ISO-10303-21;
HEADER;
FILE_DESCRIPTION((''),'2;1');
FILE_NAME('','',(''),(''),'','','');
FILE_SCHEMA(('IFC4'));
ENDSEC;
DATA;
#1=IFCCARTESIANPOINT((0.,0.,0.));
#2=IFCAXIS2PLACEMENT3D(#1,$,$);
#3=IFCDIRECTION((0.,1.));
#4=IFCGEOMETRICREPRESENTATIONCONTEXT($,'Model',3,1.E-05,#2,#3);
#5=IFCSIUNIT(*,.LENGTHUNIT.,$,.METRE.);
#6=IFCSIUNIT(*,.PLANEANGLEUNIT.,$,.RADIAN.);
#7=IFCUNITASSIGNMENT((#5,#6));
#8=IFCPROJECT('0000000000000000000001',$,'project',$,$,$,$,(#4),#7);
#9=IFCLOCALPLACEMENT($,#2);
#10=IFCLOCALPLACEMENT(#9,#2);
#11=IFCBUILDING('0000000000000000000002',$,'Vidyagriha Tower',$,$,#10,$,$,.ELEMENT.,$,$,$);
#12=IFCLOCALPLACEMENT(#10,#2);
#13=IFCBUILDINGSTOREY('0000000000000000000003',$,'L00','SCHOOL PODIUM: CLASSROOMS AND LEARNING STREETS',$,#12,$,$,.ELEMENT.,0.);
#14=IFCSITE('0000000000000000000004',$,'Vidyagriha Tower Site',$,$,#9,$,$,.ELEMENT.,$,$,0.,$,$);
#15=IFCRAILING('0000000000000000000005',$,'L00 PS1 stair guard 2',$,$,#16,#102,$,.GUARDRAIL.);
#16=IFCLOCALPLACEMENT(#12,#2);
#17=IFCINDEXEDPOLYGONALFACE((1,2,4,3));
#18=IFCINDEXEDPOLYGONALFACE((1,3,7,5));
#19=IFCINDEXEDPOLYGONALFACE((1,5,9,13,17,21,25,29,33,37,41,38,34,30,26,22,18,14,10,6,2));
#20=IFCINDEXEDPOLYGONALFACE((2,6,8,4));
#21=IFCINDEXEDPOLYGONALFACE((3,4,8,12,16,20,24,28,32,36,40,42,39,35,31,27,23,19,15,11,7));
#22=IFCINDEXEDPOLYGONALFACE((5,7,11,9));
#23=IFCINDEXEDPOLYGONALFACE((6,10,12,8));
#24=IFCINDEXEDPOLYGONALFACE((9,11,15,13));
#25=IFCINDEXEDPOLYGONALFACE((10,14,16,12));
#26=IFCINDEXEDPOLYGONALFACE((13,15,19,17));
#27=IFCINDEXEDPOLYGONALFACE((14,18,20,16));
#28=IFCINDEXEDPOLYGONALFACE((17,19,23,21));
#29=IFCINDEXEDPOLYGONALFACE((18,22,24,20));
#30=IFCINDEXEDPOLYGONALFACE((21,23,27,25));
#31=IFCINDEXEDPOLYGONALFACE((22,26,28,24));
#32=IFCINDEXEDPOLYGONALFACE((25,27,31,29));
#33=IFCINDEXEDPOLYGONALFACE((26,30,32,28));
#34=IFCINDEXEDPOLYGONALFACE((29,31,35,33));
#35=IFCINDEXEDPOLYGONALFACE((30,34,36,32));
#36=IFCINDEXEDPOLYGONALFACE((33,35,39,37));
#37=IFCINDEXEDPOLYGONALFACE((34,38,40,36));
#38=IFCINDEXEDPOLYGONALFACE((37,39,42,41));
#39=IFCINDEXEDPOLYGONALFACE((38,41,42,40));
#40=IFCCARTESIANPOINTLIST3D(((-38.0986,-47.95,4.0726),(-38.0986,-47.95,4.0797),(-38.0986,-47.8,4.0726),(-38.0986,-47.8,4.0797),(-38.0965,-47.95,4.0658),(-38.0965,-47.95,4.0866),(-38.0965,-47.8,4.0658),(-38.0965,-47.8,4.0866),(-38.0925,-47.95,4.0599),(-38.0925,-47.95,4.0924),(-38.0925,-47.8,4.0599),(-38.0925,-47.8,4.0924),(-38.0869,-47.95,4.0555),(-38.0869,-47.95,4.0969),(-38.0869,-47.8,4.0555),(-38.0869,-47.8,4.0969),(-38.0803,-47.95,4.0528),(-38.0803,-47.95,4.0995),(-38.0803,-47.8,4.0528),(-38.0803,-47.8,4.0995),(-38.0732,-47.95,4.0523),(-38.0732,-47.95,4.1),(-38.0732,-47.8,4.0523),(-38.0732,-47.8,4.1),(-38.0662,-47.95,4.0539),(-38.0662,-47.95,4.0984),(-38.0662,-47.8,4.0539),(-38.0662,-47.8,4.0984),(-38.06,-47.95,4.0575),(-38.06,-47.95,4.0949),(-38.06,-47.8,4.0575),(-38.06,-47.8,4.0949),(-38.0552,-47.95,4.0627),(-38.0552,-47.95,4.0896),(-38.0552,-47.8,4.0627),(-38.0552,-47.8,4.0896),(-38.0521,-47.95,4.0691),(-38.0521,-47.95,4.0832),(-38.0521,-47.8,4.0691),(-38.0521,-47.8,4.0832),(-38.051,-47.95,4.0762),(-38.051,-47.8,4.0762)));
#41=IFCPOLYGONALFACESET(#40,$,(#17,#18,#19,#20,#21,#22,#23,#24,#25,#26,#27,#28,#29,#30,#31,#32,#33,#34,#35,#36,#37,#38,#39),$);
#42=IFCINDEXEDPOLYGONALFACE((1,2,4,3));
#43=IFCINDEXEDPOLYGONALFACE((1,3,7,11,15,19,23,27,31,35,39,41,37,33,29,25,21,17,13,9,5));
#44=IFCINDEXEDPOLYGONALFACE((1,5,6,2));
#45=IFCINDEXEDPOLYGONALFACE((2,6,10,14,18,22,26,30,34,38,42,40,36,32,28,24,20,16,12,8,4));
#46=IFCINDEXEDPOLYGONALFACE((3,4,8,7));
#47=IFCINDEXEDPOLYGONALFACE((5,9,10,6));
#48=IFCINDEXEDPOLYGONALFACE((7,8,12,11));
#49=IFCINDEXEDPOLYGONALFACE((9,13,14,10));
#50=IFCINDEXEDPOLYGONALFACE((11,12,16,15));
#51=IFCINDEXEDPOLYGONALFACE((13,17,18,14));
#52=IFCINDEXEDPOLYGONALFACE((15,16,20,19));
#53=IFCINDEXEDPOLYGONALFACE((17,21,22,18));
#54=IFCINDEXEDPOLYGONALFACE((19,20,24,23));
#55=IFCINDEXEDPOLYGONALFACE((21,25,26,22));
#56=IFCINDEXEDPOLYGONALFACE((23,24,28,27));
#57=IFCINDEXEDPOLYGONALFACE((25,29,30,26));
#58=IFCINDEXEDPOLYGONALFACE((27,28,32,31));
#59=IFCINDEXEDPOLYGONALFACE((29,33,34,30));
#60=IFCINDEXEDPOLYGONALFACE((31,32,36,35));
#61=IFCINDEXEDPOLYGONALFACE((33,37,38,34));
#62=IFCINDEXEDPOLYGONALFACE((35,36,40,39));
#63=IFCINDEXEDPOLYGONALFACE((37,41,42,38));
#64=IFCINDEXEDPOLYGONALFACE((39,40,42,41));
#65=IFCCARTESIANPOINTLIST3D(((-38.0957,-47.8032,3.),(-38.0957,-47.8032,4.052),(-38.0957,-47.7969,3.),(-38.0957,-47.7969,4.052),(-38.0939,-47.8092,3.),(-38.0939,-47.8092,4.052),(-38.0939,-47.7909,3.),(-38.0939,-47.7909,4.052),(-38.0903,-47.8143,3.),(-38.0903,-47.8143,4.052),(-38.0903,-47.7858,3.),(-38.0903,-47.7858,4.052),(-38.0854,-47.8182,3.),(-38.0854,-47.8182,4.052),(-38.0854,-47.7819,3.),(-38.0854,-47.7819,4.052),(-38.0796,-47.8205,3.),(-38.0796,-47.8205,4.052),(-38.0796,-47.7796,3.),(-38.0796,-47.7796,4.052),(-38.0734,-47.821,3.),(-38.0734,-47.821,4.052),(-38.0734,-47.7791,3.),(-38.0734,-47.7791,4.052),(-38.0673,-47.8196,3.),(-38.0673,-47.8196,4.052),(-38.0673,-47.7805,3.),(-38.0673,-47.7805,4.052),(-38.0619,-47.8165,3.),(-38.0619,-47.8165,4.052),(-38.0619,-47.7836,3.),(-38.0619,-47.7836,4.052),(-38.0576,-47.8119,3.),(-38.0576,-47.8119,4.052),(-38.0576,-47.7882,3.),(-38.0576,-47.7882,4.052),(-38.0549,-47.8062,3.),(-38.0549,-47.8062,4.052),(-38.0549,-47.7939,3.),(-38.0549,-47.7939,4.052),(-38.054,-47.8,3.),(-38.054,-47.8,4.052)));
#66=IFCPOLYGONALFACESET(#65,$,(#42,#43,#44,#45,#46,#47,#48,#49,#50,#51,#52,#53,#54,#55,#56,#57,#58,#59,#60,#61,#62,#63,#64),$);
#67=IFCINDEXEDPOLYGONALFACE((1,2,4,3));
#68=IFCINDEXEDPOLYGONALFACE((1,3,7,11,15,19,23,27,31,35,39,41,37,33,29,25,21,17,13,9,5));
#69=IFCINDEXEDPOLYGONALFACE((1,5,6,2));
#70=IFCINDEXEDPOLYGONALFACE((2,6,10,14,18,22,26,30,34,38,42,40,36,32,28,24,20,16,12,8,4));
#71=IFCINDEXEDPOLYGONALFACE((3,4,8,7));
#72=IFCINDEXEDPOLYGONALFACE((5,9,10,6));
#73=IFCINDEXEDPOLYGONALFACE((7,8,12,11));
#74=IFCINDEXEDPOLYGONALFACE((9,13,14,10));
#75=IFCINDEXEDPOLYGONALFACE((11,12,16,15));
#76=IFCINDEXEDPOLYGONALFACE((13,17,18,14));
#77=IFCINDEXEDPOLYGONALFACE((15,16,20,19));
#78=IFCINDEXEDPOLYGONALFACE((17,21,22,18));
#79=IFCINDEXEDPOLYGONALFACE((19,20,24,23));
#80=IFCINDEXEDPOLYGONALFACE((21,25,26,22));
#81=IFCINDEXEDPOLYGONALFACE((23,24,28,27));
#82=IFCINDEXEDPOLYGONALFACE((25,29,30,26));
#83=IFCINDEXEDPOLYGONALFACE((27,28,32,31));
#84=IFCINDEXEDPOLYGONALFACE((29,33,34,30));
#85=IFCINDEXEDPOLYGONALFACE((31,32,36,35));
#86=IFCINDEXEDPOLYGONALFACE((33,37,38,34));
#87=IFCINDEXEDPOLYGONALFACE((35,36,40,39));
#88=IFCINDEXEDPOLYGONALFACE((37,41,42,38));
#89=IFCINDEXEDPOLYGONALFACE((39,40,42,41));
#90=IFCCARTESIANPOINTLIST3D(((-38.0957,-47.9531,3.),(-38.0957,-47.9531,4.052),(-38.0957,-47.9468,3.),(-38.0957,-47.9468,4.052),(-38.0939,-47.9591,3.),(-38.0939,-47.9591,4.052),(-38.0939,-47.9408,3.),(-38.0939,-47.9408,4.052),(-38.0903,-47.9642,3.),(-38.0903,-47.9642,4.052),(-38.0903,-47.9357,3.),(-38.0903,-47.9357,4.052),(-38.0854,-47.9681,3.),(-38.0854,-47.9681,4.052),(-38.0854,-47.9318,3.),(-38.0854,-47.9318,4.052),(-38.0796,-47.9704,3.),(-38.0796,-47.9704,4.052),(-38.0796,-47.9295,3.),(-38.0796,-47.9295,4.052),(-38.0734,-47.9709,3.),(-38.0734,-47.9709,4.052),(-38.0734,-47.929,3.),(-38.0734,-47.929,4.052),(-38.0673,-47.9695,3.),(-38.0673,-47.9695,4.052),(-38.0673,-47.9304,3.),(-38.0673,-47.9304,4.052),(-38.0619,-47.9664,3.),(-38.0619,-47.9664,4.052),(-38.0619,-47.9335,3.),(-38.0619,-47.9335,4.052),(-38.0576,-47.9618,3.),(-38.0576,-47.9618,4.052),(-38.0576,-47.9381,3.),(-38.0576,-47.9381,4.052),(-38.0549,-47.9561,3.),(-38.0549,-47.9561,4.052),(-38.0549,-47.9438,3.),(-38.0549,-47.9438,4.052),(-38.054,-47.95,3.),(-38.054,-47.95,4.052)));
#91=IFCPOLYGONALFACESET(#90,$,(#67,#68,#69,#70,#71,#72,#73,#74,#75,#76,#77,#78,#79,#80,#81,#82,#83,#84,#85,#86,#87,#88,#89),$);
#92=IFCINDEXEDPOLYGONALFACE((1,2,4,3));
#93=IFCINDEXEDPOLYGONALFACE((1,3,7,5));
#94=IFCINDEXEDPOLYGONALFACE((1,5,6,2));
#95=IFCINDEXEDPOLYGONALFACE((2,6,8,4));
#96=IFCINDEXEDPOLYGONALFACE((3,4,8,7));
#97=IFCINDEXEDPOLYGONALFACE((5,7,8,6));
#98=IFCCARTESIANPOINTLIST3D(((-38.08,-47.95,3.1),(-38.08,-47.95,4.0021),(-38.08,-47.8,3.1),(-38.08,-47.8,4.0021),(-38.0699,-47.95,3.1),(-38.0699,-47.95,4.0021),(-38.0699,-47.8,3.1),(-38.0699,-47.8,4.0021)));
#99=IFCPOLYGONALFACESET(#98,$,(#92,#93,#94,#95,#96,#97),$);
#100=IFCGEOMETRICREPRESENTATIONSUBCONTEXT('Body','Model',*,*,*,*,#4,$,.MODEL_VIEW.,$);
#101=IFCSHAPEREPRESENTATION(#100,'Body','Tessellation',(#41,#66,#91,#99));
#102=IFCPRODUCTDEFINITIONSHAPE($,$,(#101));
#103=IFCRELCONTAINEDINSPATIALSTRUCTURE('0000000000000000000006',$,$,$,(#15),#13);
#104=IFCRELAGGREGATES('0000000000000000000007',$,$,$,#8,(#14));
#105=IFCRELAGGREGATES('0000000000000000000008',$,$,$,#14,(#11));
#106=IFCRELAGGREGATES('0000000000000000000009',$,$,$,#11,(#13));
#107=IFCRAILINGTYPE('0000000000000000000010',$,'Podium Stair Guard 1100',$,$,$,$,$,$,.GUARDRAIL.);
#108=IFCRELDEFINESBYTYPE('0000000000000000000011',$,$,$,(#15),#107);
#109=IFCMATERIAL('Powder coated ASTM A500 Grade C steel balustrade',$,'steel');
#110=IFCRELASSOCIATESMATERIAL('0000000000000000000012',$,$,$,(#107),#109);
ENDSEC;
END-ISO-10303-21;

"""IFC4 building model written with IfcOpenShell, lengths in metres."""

from ifc_helpers import new_model, si_unit, direction, frame, origin, origin_2d, place, context, subcontext, project, spatial, rectangle, circle, extrude, material, type_object, element, save


model = new_model("IFC4")

# Units and contexts
model_context = context("Model", 3, precision=1e-05, world=origin(), true_north=direction((0.0, 1.0)))
body_context = subcontext(model_context, "Body", "Model", "MODEL_VIEW")
ifc_project = project(units=[si_unit("LENGTHUNIT", "METRE"), si_unit("PLANEANGLEUNIT", "RADIAN")], contexts=[model_context])

# Site, building, storey
site_placement = place(None, origin())
site = spatial("IfcSite", under=ifc_project, at=site_placement, Name="Vidyagriha Tower Site", CompositionType="ELEMENT", RefElevation=0.0)
building_placement = place(site_placement, origin())
building = spatial("IfcBuilding", under=site, at=building_placement, Name="Vidyagriha Tower", CompositionType="ELEMENT")
storey_placement = place(building_placement, origin())
storey = spatial("IfcBuildingStorey", under=building, at=storey_placement, Name="L00", Description="SCHOOL PODIUM: CLASSROOMS AND LEARNING STREETS", CompositionType="ELEMENT", Elevation=0.0)

# Railing
ifc_material_1 = material(Name="Powder coated ASTM A500 Grade C steel balustrade", Category="steel")
railing_type_1 = type_object("IfcRailingType", Name="Podium Stair Guard 1100", PredefinedType="GUARDRAIL", material=ifc_material_1)
railing_1_placement = place(storey_placement, frame((-38.075, -47.8, 3.0)))
element("IfcRailing", 1, at=railing_1_placement, inside=storey, type_object=railing_type_1, Name="L00 PS1 stair guard 2", PredefinedType="GUARDRAIL", context=body_context, shape_type="SweptSolid", body=[
    extrude(circle(Radius=0.0239, at=origin_2d()), frame((0.0, 0.0, 1.0762), z_axis=(0.0, -1.0, 0.0), x_axis=(1.0, 0.0, 0.0)), (0.0, 0.0, 1.0), 0.1499),
    extrude(circle(Radius=0.021, at=origin_2d()), origin(), (0.0, 0.0, 1.0), 1.052),
    extrude(circle(Radius=0.021, at=origin_2d()), frame((0.0, -0.1499, 0.0)), (0.0, 0.0, 1.0), 1.052),
    extrude(rectangle(XDim=0.01, YDim=0.9021, at=origin_2d()), frame((0.0, 0.0, 0.551), z_axis=(0.0, -1.0, 0.0), x_axis=(1.0, 0.0, 0.0)), (0.0, 0.0, 1.0), 0.1499),
])

save(model, "model.ifc")
